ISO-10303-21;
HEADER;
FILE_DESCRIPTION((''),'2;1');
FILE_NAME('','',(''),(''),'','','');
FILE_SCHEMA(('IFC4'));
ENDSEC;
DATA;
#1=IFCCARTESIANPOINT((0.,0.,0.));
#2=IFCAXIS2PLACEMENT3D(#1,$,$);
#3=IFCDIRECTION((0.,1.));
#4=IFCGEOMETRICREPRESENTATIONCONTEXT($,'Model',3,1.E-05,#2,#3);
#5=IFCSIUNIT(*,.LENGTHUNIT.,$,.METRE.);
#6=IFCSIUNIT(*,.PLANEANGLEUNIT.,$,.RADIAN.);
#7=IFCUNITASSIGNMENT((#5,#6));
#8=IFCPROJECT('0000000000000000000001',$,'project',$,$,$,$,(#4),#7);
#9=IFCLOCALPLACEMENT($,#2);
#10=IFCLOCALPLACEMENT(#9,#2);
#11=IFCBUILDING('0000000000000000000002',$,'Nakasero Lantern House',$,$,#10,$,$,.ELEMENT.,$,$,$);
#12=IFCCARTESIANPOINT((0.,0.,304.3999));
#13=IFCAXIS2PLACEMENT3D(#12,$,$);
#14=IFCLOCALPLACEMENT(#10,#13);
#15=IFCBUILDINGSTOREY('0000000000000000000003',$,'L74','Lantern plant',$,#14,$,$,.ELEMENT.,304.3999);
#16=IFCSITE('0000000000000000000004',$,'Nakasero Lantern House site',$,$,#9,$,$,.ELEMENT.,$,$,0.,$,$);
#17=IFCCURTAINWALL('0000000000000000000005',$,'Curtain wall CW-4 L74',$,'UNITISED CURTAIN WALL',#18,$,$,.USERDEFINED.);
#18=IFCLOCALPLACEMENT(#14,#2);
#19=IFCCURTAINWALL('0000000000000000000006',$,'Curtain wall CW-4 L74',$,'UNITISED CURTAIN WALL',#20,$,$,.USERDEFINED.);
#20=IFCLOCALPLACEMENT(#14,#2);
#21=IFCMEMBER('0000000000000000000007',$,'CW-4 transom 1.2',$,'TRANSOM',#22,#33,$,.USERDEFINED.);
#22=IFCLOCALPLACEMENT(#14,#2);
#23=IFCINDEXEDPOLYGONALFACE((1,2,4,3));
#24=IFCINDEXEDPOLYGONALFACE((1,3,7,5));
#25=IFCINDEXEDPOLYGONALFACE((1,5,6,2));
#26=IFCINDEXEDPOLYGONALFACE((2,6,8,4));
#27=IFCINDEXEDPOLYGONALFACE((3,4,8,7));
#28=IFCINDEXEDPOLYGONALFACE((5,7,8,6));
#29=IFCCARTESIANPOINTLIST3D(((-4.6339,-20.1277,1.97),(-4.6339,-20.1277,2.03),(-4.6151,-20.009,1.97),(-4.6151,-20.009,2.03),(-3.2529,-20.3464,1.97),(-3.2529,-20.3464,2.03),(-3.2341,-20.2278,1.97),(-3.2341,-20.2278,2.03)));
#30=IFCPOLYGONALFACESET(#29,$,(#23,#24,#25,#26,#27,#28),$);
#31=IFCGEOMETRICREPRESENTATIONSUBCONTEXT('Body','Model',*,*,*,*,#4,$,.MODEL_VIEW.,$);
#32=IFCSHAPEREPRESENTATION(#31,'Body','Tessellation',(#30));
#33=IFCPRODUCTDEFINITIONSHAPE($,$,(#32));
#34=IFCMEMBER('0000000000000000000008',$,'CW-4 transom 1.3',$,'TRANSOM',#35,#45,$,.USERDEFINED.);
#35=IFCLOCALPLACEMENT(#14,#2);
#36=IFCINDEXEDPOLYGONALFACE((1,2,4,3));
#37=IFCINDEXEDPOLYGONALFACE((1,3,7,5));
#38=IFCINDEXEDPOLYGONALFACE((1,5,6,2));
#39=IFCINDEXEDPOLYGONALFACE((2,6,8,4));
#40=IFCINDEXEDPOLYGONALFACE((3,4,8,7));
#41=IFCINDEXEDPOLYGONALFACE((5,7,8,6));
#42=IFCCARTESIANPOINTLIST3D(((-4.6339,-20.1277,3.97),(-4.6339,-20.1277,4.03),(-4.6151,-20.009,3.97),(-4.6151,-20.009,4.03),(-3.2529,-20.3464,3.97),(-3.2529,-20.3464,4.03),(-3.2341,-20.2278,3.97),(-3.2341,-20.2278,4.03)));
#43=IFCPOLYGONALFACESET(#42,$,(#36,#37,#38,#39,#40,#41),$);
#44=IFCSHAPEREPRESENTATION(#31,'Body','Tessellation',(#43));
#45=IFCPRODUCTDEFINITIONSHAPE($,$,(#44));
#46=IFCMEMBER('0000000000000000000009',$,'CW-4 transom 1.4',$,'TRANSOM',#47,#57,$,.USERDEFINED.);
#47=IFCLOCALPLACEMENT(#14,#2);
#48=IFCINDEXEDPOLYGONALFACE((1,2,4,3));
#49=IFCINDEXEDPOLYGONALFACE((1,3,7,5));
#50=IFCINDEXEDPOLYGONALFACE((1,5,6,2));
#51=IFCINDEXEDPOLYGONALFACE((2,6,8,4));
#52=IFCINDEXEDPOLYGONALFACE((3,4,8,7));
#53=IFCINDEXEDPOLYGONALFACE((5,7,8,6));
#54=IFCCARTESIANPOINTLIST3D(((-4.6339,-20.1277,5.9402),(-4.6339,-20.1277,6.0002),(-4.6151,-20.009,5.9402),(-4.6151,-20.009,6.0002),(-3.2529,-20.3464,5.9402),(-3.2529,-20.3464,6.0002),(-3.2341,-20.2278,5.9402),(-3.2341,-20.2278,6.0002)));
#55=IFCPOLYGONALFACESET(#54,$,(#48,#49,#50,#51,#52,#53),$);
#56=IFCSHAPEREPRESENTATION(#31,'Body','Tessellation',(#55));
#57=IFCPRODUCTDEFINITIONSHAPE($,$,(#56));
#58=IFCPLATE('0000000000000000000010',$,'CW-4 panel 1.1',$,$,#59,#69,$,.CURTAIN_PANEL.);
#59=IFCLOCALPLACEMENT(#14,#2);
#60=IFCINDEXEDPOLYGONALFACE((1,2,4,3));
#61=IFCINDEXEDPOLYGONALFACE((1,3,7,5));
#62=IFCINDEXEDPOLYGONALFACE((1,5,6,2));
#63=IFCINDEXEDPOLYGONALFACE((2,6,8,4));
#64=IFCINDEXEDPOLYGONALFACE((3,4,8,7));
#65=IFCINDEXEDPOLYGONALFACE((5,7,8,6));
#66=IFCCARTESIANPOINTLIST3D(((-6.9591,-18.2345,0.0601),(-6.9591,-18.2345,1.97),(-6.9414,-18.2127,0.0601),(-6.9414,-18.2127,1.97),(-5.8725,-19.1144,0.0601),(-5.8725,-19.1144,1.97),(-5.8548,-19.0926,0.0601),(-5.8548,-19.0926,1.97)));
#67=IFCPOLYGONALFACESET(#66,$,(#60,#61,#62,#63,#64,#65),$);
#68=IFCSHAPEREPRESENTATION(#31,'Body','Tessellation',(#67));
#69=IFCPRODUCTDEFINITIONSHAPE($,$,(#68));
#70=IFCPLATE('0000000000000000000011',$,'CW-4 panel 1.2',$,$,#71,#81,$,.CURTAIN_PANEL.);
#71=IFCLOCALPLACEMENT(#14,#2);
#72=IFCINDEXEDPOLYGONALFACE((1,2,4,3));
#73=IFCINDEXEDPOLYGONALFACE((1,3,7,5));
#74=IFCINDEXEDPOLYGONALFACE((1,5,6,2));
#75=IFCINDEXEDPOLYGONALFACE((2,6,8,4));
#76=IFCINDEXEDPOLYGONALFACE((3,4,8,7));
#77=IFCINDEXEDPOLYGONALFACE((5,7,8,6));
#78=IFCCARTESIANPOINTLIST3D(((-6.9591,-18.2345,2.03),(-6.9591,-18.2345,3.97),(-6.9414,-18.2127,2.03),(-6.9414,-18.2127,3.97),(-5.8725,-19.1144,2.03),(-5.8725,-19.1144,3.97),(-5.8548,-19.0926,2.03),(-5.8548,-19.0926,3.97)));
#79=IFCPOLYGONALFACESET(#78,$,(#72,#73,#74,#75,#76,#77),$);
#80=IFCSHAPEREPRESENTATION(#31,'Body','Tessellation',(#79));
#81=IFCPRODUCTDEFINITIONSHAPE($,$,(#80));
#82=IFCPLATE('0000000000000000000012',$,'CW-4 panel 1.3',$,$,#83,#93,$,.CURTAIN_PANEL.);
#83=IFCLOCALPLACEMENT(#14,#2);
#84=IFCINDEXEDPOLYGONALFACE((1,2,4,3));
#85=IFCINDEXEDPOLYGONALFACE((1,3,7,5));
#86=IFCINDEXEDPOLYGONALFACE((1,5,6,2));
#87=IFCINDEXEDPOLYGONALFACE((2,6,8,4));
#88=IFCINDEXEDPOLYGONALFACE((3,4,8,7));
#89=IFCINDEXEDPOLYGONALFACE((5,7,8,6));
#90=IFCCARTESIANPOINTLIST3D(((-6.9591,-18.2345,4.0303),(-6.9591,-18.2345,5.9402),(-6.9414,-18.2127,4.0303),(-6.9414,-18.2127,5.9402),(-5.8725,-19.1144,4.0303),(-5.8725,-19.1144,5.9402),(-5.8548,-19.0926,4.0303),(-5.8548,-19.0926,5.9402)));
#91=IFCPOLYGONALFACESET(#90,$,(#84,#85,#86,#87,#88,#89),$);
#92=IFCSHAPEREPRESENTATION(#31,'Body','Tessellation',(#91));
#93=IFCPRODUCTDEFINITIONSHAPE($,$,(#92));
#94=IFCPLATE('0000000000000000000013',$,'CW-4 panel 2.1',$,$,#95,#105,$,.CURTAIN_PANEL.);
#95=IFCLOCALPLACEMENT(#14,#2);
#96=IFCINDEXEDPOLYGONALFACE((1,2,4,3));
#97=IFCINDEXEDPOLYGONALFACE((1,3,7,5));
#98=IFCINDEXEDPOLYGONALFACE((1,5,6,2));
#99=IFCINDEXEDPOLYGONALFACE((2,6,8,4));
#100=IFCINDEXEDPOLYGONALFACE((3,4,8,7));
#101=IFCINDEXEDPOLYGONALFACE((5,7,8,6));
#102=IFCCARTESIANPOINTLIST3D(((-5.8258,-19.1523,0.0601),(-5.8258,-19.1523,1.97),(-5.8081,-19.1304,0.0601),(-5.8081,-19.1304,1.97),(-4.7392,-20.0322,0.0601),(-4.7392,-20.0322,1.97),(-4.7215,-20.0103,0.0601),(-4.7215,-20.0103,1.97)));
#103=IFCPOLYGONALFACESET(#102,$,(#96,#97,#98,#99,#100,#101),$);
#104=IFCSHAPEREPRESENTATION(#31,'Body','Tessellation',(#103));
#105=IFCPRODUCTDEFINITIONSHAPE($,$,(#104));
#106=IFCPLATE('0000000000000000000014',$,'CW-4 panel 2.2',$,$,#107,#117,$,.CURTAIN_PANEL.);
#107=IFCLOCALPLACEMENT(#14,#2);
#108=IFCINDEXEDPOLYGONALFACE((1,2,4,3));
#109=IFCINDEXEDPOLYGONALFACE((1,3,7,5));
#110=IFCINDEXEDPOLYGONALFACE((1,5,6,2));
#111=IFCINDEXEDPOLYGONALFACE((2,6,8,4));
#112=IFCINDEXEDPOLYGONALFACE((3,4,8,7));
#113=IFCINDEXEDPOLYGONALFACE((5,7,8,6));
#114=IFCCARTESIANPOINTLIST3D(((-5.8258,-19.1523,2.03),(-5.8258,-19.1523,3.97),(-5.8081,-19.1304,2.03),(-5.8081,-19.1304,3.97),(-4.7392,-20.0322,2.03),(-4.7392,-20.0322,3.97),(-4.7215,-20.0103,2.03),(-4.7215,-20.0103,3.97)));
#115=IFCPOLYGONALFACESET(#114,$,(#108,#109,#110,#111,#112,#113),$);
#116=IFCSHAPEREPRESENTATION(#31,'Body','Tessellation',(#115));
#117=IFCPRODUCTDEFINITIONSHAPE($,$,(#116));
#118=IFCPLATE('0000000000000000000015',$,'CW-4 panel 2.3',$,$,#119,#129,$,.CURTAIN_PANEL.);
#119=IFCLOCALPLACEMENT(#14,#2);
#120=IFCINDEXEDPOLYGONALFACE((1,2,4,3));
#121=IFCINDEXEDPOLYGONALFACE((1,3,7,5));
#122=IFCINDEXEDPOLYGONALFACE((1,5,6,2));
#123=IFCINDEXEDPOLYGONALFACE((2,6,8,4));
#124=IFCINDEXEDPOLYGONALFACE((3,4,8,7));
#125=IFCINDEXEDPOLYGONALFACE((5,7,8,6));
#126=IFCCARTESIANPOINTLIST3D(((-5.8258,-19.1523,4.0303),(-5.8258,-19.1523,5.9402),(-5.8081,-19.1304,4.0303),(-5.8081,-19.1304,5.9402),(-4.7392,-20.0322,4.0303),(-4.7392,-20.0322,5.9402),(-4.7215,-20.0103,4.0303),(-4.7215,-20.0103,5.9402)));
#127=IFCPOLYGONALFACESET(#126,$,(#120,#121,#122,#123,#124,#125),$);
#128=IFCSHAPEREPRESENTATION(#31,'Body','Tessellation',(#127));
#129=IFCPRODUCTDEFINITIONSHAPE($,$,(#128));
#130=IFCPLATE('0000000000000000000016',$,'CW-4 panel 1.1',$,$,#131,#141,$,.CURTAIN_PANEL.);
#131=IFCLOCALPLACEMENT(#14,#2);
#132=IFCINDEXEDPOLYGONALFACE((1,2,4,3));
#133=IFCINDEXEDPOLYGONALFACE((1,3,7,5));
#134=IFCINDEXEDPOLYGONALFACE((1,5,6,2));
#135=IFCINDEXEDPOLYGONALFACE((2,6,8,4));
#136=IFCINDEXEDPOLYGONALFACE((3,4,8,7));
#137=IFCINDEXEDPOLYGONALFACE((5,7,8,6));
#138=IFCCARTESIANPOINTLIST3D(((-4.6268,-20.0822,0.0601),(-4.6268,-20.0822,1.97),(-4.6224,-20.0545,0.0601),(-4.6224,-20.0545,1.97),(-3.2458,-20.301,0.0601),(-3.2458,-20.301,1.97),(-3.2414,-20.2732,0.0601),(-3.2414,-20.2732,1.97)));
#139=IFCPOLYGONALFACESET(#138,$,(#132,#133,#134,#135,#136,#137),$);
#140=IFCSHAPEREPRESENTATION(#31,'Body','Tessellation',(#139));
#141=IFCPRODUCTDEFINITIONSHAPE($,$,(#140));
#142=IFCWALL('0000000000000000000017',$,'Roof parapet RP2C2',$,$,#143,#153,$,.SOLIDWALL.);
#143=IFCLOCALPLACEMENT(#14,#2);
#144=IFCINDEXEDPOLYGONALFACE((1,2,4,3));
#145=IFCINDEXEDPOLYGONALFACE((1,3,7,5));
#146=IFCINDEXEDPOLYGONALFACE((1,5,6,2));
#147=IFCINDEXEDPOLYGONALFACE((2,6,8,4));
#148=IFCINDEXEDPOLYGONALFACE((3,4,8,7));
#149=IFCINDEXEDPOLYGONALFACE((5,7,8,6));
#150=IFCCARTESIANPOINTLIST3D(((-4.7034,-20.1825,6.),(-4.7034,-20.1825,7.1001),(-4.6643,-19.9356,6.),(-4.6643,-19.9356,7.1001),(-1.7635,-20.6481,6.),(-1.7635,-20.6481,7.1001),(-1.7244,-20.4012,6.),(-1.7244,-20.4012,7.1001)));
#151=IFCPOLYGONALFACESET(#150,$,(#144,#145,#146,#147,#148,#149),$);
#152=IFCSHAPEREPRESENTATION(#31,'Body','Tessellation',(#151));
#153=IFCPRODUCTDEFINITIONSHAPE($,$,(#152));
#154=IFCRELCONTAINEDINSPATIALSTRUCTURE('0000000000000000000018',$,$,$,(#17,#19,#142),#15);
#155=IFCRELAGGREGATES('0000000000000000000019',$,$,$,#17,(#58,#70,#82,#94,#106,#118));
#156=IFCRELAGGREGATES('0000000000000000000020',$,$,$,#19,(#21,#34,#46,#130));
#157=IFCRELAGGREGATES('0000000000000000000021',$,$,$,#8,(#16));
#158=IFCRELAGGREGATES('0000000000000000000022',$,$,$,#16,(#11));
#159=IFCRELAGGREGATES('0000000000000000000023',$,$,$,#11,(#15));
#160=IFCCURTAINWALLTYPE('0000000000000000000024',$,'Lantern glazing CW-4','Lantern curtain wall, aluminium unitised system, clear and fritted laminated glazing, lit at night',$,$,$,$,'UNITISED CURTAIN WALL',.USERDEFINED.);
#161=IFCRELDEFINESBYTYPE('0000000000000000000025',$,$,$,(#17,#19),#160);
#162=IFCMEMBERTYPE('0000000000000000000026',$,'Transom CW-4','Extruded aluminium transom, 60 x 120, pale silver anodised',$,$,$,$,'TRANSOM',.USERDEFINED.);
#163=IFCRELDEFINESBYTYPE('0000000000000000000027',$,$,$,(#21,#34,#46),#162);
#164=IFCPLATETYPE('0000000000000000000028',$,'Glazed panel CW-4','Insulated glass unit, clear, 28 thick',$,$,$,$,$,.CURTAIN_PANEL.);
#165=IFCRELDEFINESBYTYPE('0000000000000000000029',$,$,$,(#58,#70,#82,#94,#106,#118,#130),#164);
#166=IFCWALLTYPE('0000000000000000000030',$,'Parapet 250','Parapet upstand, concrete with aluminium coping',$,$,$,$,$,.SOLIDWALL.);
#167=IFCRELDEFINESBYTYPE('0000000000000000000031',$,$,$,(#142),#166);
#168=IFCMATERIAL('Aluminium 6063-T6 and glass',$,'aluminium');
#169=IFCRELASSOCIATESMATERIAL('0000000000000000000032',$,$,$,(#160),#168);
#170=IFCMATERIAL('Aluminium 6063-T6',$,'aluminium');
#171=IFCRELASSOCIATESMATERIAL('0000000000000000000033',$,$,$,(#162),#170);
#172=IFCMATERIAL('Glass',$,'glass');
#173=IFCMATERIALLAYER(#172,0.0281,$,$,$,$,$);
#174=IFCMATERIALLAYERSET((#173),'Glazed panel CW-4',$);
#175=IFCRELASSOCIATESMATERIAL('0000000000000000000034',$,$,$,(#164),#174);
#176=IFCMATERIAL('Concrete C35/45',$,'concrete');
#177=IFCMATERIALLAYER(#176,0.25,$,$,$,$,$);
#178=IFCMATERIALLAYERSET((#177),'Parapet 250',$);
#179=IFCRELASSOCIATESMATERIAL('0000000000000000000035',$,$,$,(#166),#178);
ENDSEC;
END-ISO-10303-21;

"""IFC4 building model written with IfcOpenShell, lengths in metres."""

from ifc_helpers import new_model, si_unit, direction, frame, frame_2d, origin, origin_2d, place, context, subcontext, project, spatial, rectangle, extrude, material, layer, layer_set, material_profile, profile_set, type_object, element, aggregate, save


model = new_model("IFC4")

# Units and contexts
model_context = context("Model", 3, precision=1e-05, world=origin(), true_north=direction((0.0, 1.0)))
body_context = subcontext(model_context, "Body", "Model", "MODEL_VIEW")
ifc_project = project(units=[si_unit("LENGTHUNIT", "METRE"), si_unit("PLANEANGLEUNIT", "RADIAN")], contexts=[model_context])

# Site, building, storey
site_placement = place(None, origin())
site = spatial("IfcSite", under=ifc_project, at=site_placement, Name="Nakasero Lantern House site", CompositionType="ELEMENT", RefElevation=0.0)
building_placement = place(site_placement, origin())
building = spatial("IfcBuilding", under=site, at=building_placement, Name="Nakasero Lantern House", CompositionType="ELEMENT")
storey_placement = place(building_placement, frame((0.0, 0.0, 304.3999)))
storey = spatial("IfcBuildingStorey", under=building, at=storey_placement, Name="L74", Description="Lantern plant", CompositionType="ELEMENT", Elevation=304.3999)

# Curtain wall
ifc_material_1 = material(Name="Aluminium 6063-T6 and glass", Category="aluminium")
curtain_wall_type = type_object("IfcCurtainWallType", Name="Lantern glazing CW-4", Description="Lantern curtain wall, aluminium unitised system, clear and fritted laminated glazing, lit at night", ElementType="UNITISED CURTAIN WALL", PredefinedType="USERDEFINED", material=ifc_material_1)
curtain_wall_1_placement = place(storey_placement, origin())
curtain_wall_1 = element("IfcCurtainWall", 1, at=curtain_wall_1_placement, inside=storey, type_object=curtain_wall_type, Name="Curtain wall CW-4 L74", ObjectType="UNITISED CURTAIN WALL", PredefinedType="USERDEFINED")

# Curtain wall
curtain_wall_2_placement = place(storey_placement, origin())
curtain_wall_2 = element("IfcCurtainWall", 2, at=curtain_wall_2_placement, inside=storey, type_object=curtain_wall_type, Name="Curtain wall CW-4 L74", ObjectType="UNITISED CURTAIN WALL", PredefinedType="USERDEFINED")

# Members
ifc_material_2 = material(Name="Aluminium 6063-T6", Category="aluminium")
ifc_material_profile_1 = material_profile(ifc_material_2, rectangle(XDim=0.0601, YDim=0.1201, at=origin_2d()), Name="CW-4 transom 60x120")
ifc_profile_set_1 = profile_set([ifc_material_profile_1], Name="Aluminium 6063-T6")
member_type_1 = type_object("IfcMemberType", Name="Transom CW-4", Description="Extruded aluminium transom, 60 x 120, pale silver anodised", ElementType="TRANSOM", PredefinedType="USERDEFINED", material=ifc_profile_set_1)
member_1_placement = place(storey_placement, frame((-4.6245, -20.0684, 2.0), z_axis=(0.987684, -0.156465, 0.0), x_axis=(0.0, 0.0, 1.0)))
member_1 = element("IfcMember", 3, at=member_1_placement, type_object=member_type_1, Name="CW-4 transom 1.2", ObjectType="TRANSOM", PredefinedType="USERDEFINED", context=body_context, shape_type="SweptSolid", body=[
    extrude(rectangle(XDim=0.0601, YDim=0.1201, at=origin_2d()), origin(), (0.0, 0.0, 1.0), 1.3982),
])
member_2_placement = place(storey_placement, frame((-4.6245, -20.0684, 4.0), z_axis=(0.987684, -0.156465, 0.0), x_axis=(0.0, 0.0, 1.0)))
member_2 = element("IfcMember", 4, at=member_2_placement, type_object=member_type_1, Name="CW-4 transom 1.3", ObjectType="TRANSOM", PredefinedType="USERDEFINED", context=body_context, shape_type="SweptSolid", body=[
    extrude(rectangle(XDim=0.0601, YDim=0.1201, at=origin_2d()), origin(), (0.0, 0.0, 1.0), 1.3982),
])
member_3_placement = place(storey_placement, frame((-4.6245, -20.0684, 5.9702), z_axis=(0.987684, -0.156465, 0.0), x_axis=(0.0, 0.0, 1.0)))
member_3 = element("IfcMember", 5, at=member_3_placement, type_object=member_type_1, Name="CW-4 transom 1.4", ObjectType="TRANSOM", PredefinedType="USERDEFINED", context=body_context, shape_type="SweptSolid", body=[
    extrude(rectangle(XDim=0.0601, YDim=0.1201, at=origin_2d()), origin(), (0.0, 0.0, 1.0), 1.3982),
])

# Plates
ifc_material_3 = material(Name="Glass", Category="glass")
ifc_layer_1 = layer(ifc_material_3, 0.0281)
ifc_layer_set_1 = layer_set([ifc_layer_1], Name="Glazed panel CW-4")
plate_type = type_object("IfcPlateType", Name="Glazed panel CW-4", Description="Insulated glass unit, clear, 28 thick", PredefinedType="CURTAIN_PANEL", material=ifc_layer_set_1)
plate_1_placement = place(storey_placement, frame((-6.407, -18.6636, 0.0601), z_axis=(0.0, 0.0, 1.0), x_axis=(0.777146, -0.62932, 0.0)))
plate_1 = element("IfcPlate", 6, at=plate_1_placement, type_object=plate_type, Name="CW-4 panel 1.1", PredefinedType="CURTAIN_PANEL", context=body_context, shape_type="SweptSolid", body=[
    extrude(rectangle(XDim=1.3982, YDim=0.0281, at=origin_2d()), origin(), (0.0, 0.0, 1.0), 1.9099),
])
plate_2_placement = place(storey_placement, frame((-6.407, -18.6636, 2.03), z_axis=(0.0, 0.0, 1.0), x_axis=(0.777146, -0.62932, 0.0)))
plate_2 = element("IfcPlate", 7, at=plate_2_placement, type_object=plate_type, Name="CW-4 panel 1.2", PredefinedType="CURTAIN_PANEL", context=body_context, shape_type="SweptSolid", body=[
    extrude(rectangle(XDim=1.3982, YDim=0.0281, at=origin_2d()), origin(), (0.0, 0.0, 1.0), 1.9399),
])
plate_3_placement = place(storey_placement, frame((-6.407, -18.6636, 4.0303), z_axis=(0.0, 0.0, 1.0), x_axis=(0.777146, -0.62932, 0.0)))
plate_3 = element("IfcPlate", 8, at=plate_3_placement, type_object=plate_type, Name="CW-4 panel 1.3", PredefinedType="CURTAIN_PANEL", context=body_context, shape_type="SweptSolid", body=[
    extrude(rectangle(XDim=1.3982, YDim=0.0281, at=origin_2d()), origin(), (0.0, 0.0, 1.0), 1.9099),
])
plate_4_placement = place(storey_placement, frame((-5.2737, -19.5813, 0.0601), z_axis=(0.0, 0.0, 1.0), x_axis=(0.777146, -0.62932, 0.0)))
plate_4 = element("IfcPlate", 9, at=plate_4_placement, type_object=plate_type, Name="CW-4 panel 2.1", PredefinedType="CURTAIN_PANEL", context=body_context, shape_type="SweptSolid", body=[
    extrude(rectangle(XDim=1.3982, YDim=0.0281, at=origin_2d()), origin(), (0.0, 0.0, 1.0), 1.9099),
])
plate_5_placement = place(storey_placement, frame((-5.2737, -19.5813, 2.03), z_axis=(0.0, 0.0, 1.0), x_axis=(0.777146, -0.62932, 0.0)))
plate_5 = element("IfcPlate", 10, at=plate_5_placement, type_object=plate_type, Name="CW-4 panel 2.2", PredefinedType="CURTAIN_PANEL", context=body_context, shape_type="SweptSolid", body=[
    extrude(rectangle(XDim=1.3982, YDim=0.0281, at=origin_2d()), origin(), (0.0, 0.0, 1.0), 1.9399),
])
plate_6_placement = place(storey_placement, frame((-5.2737, -19.5813, 4.0303), z_axis=(0.0, 0.0, 1.0), x_axis=(0.777146, -0.62932, 0.0)))
plate_6 = element("IfcPlate", 11, at=plate_6_placement, type_object=plate_type, Name="CW-4 panel 2.3", PredefinedType="CURTAIN_PANEL", context=body_context, shape_type="SweptSolid", body=[
    extrude(rectangle(XDim=1.3982, YDim=0.0281, at=origin_2d()), origin(), (0.0, 0.0, 1.0), 1.9099),
])
aggregate(curtain_wall_1, [plate_1, plate_2, plate_3, plate_4, plate_5, plate_6])
plate_7_placement = place(storey_placement, frame((-3.9341, -20.1777, 0.0601), z_axis=(0.0, 0.0, 1.0), x_axis=(0.987688, -0.156434, 0.0)))
plate_7 = element("IfcPlate", 12, at=plate_7_placement, type_object=plate_type, Name="CW-4 panel 1.1", PredefinedType="CURTAIN_PANEL", context=body_context, shape_type="SweptSolid", body=[
    extrude(rectangle(XDim=1.3982, YDim=0.0281, at=origin_2d()), origin(), (0.0, 0.0, 1.0), 1.9099),
])
aggregate(curtain_wall_2, [member_1, member_2, member_3, plate_7])

# Wall
ifc_material_4 = material(Name="Concrete C35/45", Category="concrete")
ifc_layer_2 = layer(ifc_material_4, 0.25)
ifc_layer_set_2 = layer_set([ifc_layer_2], Name="Parapet 250")
wall_type = type_object("IfcWallType", Name="Parapet 250", Description="Parapet upstand, concrete with aluminium coping", PredefinedType="SOLIDWALL", material=ifc_layer_set_2)
wall_placement = place(storey_placement, frame((-4.6838, -20.0591, 6.0), z_axis=(0.0, 0.0, 1.0), x_axis=(0.987692, -0.156413, 0.0)))
element("IfcWall", 13, at=wall_placement, inside=storey, type_object=wall_type, Name="Roof parapet RP2C2", PredefinedType="SOLIDWALL", context=body_context, shape_type="SweptSolid", body=[
    extrude(rectangle(XDim=2.9766, YDim=0.25, at=frame_2d((1.4883, 0.0))), origin(), (0.0, 0.0, 1.0), 1.1001),
])

save(model, "model.ifc")
